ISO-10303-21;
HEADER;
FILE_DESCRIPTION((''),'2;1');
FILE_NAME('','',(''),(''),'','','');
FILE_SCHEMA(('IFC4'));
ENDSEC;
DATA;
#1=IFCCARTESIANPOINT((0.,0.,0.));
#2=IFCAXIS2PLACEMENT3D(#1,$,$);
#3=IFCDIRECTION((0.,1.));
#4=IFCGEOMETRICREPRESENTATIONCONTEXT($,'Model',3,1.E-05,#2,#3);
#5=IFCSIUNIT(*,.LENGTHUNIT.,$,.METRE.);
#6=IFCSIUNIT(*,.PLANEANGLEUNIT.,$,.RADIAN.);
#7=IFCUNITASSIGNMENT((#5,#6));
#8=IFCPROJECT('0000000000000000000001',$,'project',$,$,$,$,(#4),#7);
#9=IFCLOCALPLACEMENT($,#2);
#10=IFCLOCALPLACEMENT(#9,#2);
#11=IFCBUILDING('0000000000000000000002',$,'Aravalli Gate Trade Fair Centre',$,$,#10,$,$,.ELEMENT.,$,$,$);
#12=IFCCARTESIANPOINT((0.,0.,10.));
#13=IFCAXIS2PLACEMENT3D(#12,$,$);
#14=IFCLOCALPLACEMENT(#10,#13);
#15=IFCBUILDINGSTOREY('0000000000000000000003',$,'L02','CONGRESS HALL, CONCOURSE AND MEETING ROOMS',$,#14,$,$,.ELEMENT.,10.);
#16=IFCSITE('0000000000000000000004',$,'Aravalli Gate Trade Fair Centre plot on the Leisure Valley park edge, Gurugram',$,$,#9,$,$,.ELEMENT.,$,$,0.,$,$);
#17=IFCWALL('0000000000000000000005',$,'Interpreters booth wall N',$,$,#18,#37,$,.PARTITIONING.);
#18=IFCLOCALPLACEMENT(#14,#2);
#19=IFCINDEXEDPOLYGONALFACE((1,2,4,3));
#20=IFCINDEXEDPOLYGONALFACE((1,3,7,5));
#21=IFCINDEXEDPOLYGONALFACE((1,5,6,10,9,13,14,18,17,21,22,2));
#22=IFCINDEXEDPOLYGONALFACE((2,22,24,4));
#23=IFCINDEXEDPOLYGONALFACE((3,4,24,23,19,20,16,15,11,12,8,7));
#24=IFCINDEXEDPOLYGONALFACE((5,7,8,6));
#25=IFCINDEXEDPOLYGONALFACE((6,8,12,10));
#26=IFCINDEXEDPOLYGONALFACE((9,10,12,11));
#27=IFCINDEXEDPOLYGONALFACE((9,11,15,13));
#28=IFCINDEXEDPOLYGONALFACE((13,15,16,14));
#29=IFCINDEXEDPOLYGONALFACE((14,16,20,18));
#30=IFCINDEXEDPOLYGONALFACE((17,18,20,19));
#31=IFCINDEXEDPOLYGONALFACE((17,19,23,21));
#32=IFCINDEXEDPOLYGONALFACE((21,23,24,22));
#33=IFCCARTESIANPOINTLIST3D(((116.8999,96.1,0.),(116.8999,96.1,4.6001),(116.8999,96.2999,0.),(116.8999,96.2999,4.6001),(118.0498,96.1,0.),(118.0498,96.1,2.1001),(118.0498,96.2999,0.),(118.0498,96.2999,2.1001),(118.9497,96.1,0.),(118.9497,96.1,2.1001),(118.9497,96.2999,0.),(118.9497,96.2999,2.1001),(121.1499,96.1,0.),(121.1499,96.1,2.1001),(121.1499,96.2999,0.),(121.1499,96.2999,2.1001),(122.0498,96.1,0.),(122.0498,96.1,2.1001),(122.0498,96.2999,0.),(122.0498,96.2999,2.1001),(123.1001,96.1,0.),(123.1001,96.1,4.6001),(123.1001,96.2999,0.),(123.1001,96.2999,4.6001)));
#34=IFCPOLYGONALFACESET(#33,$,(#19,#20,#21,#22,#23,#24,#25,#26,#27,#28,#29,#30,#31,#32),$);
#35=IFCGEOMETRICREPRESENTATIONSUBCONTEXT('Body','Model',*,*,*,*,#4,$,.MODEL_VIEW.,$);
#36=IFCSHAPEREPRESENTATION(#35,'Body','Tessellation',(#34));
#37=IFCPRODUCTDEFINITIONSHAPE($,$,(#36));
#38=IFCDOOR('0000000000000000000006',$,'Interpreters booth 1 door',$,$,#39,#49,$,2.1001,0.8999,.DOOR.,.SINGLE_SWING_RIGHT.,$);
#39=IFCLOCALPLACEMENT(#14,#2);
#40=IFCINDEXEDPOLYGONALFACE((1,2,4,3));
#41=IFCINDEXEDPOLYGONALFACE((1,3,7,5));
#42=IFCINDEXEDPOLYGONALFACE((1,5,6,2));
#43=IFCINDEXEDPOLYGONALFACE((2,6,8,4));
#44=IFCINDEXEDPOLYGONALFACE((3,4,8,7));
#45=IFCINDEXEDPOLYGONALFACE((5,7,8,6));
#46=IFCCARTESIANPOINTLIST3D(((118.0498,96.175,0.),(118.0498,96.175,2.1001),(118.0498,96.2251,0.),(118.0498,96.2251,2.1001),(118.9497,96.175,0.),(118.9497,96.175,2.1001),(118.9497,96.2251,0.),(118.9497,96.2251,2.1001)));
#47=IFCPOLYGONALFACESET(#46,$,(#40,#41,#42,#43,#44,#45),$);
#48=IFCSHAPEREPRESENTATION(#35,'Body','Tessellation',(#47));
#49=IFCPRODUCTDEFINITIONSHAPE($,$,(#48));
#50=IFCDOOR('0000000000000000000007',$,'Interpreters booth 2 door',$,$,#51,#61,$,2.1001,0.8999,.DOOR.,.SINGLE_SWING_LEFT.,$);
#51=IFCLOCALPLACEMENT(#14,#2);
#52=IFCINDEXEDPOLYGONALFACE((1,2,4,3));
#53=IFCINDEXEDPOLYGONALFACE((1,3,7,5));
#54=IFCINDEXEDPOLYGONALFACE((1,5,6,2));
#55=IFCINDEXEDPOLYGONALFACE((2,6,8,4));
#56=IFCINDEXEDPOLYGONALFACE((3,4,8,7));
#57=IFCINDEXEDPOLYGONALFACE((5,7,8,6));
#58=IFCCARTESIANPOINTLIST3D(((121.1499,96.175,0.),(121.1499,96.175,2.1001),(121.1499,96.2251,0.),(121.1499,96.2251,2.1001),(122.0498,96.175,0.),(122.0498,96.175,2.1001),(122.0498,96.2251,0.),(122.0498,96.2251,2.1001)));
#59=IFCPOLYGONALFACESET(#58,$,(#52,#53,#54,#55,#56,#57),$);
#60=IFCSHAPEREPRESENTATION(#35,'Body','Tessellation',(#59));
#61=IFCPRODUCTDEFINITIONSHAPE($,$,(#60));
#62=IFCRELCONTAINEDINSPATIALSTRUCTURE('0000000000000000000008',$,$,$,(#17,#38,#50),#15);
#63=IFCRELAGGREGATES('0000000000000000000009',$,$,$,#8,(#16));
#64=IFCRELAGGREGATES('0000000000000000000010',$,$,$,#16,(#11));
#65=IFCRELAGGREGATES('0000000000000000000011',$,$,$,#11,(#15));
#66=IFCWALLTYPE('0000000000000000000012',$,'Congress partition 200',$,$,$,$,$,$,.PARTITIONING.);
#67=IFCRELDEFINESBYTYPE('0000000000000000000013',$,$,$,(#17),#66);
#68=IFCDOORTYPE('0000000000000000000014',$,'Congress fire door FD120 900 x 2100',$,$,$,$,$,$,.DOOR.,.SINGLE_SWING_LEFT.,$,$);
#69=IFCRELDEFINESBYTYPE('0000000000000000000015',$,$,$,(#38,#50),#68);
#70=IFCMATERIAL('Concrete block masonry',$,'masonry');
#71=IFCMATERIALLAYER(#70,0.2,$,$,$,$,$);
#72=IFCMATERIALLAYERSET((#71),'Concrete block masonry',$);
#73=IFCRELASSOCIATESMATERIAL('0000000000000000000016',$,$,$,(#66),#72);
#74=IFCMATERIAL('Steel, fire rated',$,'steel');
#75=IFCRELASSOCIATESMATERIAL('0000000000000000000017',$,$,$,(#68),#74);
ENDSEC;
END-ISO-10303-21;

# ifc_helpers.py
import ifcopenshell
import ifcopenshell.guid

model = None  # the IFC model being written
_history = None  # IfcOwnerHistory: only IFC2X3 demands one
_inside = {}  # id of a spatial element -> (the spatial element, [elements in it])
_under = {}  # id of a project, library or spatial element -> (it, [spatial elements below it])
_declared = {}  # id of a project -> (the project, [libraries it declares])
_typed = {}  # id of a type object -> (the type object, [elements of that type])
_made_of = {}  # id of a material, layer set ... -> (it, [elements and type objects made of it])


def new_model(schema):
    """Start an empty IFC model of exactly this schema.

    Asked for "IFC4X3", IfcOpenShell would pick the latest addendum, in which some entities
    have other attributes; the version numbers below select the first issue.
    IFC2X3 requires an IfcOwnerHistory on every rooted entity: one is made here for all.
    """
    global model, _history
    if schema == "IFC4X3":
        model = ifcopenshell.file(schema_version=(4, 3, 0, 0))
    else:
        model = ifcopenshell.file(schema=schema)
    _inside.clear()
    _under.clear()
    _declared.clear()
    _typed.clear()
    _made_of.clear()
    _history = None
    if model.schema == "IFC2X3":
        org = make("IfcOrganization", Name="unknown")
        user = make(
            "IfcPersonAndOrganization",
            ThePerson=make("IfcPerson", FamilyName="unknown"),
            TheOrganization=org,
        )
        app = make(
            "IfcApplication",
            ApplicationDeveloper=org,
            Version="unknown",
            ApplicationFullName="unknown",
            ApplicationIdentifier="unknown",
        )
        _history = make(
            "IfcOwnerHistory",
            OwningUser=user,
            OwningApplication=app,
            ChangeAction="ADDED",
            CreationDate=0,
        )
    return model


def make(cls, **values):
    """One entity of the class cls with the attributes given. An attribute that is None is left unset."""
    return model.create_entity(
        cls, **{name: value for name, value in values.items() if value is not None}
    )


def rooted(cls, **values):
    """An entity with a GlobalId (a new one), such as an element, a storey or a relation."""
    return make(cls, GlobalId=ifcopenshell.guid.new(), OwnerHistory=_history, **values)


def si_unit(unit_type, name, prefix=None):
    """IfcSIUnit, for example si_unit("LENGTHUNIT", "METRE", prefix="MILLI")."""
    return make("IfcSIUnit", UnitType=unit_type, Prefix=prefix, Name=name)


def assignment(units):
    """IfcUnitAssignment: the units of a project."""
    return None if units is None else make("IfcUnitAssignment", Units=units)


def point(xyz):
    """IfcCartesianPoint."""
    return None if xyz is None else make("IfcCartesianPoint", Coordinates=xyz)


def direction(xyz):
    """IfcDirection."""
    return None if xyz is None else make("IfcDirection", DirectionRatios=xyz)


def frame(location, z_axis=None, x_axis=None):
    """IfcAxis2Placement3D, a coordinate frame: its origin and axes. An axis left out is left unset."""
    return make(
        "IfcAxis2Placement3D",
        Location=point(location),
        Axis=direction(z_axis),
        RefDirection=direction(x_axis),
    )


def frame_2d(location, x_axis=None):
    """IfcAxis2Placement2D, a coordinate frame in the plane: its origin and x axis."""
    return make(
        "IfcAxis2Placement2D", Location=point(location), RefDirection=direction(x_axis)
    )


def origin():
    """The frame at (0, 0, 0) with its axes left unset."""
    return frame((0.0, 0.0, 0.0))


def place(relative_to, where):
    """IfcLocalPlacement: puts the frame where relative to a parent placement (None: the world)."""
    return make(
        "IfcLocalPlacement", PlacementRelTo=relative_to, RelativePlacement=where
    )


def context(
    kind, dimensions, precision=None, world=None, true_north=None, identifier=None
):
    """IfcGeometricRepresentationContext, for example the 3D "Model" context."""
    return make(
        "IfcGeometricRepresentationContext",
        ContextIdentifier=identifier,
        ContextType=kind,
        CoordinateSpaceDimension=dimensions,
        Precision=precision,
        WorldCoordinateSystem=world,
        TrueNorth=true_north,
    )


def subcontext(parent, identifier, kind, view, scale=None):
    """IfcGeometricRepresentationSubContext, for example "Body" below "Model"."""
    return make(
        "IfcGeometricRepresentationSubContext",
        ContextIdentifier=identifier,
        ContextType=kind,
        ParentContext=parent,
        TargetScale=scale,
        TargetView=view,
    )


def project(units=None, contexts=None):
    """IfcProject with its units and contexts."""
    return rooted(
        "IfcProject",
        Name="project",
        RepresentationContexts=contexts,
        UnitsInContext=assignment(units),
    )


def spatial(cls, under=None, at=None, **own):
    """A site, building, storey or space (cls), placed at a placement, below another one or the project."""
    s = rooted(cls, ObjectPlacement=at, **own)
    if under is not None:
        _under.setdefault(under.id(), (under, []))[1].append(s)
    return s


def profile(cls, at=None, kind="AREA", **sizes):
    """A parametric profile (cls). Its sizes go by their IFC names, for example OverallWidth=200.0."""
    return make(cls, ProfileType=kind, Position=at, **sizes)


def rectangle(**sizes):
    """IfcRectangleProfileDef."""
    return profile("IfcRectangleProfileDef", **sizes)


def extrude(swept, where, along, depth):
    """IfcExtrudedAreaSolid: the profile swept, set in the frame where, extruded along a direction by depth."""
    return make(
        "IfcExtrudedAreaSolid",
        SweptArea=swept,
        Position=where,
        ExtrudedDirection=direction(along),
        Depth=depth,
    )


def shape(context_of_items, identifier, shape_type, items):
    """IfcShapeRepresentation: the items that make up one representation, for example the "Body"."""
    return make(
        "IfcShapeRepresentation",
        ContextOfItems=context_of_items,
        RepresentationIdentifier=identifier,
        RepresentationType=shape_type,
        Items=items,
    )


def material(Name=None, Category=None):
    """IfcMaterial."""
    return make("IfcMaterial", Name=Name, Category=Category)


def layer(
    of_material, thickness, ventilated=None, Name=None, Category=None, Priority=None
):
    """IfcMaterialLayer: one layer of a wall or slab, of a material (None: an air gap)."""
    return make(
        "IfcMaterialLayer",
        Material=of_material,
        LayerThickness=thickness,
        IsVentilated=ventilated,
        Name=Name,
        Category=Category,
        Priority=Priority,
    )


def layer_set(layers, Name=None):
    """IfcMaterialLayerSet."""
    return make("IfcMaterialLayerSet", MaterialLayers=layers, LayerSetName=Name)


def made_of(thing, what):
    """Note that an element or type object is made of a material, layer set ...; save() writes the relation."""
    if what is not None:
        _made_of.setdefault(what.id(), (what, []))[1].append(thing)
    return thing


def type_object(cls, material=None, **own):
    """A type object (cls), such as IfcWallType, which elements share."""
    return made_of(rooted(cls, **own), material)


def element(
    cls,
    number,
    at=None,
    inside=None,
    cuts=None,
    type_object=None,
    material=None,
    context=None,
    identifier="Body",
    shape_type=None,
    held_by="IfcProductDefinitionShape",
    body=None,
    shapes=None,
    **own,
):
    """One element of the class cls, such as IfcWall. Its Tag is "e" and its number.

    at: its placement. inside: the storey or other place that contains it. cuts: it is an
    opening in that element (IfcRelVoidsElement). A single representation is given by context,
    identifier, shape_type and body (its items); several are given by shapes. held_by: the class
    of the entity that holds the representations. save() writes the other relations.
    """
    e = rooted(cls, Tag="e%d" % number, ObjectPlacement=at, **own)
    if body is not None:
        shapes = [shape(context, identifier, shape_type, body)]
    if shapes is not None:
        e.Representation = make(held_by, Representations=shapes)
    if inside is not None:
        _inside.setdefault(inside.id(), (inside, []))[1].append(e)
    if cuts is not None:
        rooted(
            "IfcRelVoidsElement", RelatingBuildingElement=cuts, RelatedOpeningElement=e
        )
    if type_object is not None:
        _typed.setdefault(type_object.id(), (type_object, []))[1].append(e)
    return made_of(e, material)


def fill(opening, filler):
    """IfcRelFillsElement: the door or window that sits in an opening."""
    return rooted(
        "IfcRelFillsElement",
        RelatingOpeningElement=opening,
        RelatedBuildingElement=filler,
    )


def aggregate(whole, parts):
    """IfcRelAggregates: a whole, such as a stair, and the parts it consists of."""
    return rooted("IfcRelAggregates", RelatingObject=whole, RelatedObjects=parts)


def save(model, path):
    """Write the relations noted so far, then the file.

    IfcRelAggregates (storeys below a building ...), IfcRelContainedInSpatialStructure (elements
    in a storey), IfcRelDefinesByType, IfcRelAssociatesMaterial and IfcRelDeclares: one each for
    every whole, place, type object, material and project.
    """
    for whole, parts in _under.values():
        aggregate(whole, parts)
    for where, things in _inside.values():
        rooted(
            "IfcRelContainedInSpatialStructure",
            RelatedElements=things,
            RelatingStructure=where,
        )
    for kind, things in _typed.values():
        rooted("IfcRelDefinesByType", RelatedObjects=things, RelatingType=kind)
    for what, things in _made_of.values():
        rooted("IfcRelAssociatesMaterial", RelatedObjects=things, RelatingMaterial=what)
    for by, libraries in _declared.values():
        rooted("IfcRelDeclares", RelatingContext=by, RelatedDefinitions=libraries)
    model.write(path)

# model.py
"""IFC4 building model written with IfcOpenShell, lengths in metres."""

from ifc_helpers import new_model, si_unit, direction, frame, frame_2d, origin, place, context, subcontext, project, spatial, rectangle, extrude, material, layer, layer_set, type_object, element, fill, save


model = new_model("IFC4")

# Units and contexts
model_context = context("Model", 3, precision=1e-05, world=origin(), true_north=direction((0.0, 1.0)))
body_context = subcontext(model_context, "Body", "Model", "MODEL_VIEW")
ifc_project = project(units=[si_unit("LENGTHUNIT", "METRE"), si_unit("PLANEANGLEUNIT", "RADIAN")], contexts=[model_context])

# Site, building, storey
site_placement = place(None, origin())
site = spatial("IfcSite", under=ifc_project, at=site_placement, Name="Aravalli Gate Trade Fair Centre plot on the Leisure Valley park edge, Gurugram", CompositionType="ELEMENT", RefElevation=0.0)
building_placement = place(site_placement, origin())
building = spatial("IfcBuilding", under=site, at=building_placement, Name="Aravalli Gate Trade Fair Centre", CompositionType="ELEMENT")
storey_placement = place(building_placement, frame((0.0, 0.0, 10.0)))
storey = spatial("IfcBuildingStorey", under=building, at=storey_placement, Name="L02", Description="CONGRESS HALL, CONCOURSE AND MEETING ROOMS", CompositionType="ELEMENT", Elevation=10.0)

# Shared definitions
ifc_material_1 = material(Name="Concrete block masonry", Category="masonry")
ifc_layer_1 = layer(ifc_material_1, 0.2)
ifc_layer_set_1 = layer_set([ifc_layer_1], Name="Concrete block masonry")
wall_type_1 = type_object("IfcWallType", Name="Congress partition 200", PredefinedType="PARTITIONING", material=ifc_layer_set_1)

# Wall, openings, doors
ifc_material_2 = material(Name="Steel, fire rated", Category="steel")
wall_1_placement = place(storey_placement, frame((116.8999, 96.2, 0.0), z_axis=(0.0, 0.0, 1.0), x_axis=(1.0, 0.0, 0.0)))
wall_1 = element("IfcWall", 1, at=wall_1_placement, inside=storey, type_object=wall_type_1, Name="Interpreters booth wall N", PredefinedType="PARTITIONING", context=body_context, shape_type="SweptSolid", body=[
    extrude(rectangle(XDim=6.2002, YDim=0.2, at=frame_2d((3.1001, 0.0))), origin(), (0.0, 0.0, 1.0), 4.6001),
])
opening_1_placement = place(wall_1_placement, frame((1.1499, 0.0, 0.0)))
opening_1 = element("IfcOpeningElement", 2, at=opening_1_placement, cuts=wall_1, PredefinedType="OPENING", context=body_context, shape_type="SweptSolid", body=[
    extrude(rectangle(XDim=0.8999, YDim=2.1001, at=frame_2d((0.45, 1.05))), frame((0.0, 0.1099, 0.0), z_axis=(0.0, -1.0, 0.0), x_axis=(1.0, 0.0, 0.0)), (0.0, 0.0, 1.0), 0.22),
])
opening_2_placement = place(wall_1_placement, frame((4.25, 0.0, 0.0)))
opening_2 = element("IfcOpeningElement", 3, at=opening_2_placement, cuts=wall_1, PredefinedType="OPENING", context=body_context, shape_type="SweptSolid", body=[
    extrude(rectangle(XDim=0.8999, YDim=2.1001, at=frame_2d((0.45, 1.05))), frame((0.0, 0.1099, 0.0), z_axis=(0.0, -1.0, 0.0), x_axis=(1.0, 0.0, 0.0)), (0.0, 0.0, 1.0), 0.22),
])
door_type_1 = type_object("IfcDoorType", Name="Congress fire door FD120 900 x 2100", OperationType="SINGLE_SWING_LEFT", PredefinedType="DOOR", material=ifc_material_2)
door_1_placement = place(opening_1_placement, frame((0.8999, 0.0, 0.0), z_axis=(0.0, 0.0, 1.0), x_axis=(-1.0, 0.0, 0.0)))
door_1 = element("IfcDoor", 4, at=door_1_placement, inside=storey, type_object=door_type_1, Name="Interpreters booth 1 door", OperationType="SINGLE_SWING_RIGHT", OverallHeight=2.1001, OverallWidth=0.8999, PredefinedType="DOOR", context=body_context, shape_type="SweptSolid", body=[
    extrude(rectangle(XDim=0.8999, YDim=2.1001, at=frame_2d((0.45, 1.05))), frame((0.0, 0.0249, 0.0), z_axis=(0.0, -1.0, 0.0), x_axis=(1.0, 0.0, 0.0)), (0.0, 0.0, 1.0), 0.05),
])
fill(opening_1, door_1)
door_2_placement = place(opening_2_placement, frame((0.8999, 0.0, 0.0), z_axis=(0.0, 0.0, 1.0), x_axis=(-1.0, 0.0, 0.0)))
door_2 = element("IfcDoor", 5, at=door_2_placement, inside=storey, type_object=door_type_1, Name="Interpreters booth 2 door", OperationType="SINGLE_SWING_LEFT", OverallHeight=2.1001, OverallWidth=0.8999, PredefinedType="DOOR", context=body_context, shape_type="SweptSolid", body=[
    extrude(rectangle(XDim=0.8999, YDim=2.1001, at=frame_2d((0.45, 1.05))), frame((0.0, 0.0249, 0.0), z_axis=(0.0, -1.0, 0.0), x_axis=(1.0, 0.0, 0.0)), (0.0, 0.0, 1.0), 0.05),
])
fill(opening_2, door_2)

save(model, "model.ifc")
